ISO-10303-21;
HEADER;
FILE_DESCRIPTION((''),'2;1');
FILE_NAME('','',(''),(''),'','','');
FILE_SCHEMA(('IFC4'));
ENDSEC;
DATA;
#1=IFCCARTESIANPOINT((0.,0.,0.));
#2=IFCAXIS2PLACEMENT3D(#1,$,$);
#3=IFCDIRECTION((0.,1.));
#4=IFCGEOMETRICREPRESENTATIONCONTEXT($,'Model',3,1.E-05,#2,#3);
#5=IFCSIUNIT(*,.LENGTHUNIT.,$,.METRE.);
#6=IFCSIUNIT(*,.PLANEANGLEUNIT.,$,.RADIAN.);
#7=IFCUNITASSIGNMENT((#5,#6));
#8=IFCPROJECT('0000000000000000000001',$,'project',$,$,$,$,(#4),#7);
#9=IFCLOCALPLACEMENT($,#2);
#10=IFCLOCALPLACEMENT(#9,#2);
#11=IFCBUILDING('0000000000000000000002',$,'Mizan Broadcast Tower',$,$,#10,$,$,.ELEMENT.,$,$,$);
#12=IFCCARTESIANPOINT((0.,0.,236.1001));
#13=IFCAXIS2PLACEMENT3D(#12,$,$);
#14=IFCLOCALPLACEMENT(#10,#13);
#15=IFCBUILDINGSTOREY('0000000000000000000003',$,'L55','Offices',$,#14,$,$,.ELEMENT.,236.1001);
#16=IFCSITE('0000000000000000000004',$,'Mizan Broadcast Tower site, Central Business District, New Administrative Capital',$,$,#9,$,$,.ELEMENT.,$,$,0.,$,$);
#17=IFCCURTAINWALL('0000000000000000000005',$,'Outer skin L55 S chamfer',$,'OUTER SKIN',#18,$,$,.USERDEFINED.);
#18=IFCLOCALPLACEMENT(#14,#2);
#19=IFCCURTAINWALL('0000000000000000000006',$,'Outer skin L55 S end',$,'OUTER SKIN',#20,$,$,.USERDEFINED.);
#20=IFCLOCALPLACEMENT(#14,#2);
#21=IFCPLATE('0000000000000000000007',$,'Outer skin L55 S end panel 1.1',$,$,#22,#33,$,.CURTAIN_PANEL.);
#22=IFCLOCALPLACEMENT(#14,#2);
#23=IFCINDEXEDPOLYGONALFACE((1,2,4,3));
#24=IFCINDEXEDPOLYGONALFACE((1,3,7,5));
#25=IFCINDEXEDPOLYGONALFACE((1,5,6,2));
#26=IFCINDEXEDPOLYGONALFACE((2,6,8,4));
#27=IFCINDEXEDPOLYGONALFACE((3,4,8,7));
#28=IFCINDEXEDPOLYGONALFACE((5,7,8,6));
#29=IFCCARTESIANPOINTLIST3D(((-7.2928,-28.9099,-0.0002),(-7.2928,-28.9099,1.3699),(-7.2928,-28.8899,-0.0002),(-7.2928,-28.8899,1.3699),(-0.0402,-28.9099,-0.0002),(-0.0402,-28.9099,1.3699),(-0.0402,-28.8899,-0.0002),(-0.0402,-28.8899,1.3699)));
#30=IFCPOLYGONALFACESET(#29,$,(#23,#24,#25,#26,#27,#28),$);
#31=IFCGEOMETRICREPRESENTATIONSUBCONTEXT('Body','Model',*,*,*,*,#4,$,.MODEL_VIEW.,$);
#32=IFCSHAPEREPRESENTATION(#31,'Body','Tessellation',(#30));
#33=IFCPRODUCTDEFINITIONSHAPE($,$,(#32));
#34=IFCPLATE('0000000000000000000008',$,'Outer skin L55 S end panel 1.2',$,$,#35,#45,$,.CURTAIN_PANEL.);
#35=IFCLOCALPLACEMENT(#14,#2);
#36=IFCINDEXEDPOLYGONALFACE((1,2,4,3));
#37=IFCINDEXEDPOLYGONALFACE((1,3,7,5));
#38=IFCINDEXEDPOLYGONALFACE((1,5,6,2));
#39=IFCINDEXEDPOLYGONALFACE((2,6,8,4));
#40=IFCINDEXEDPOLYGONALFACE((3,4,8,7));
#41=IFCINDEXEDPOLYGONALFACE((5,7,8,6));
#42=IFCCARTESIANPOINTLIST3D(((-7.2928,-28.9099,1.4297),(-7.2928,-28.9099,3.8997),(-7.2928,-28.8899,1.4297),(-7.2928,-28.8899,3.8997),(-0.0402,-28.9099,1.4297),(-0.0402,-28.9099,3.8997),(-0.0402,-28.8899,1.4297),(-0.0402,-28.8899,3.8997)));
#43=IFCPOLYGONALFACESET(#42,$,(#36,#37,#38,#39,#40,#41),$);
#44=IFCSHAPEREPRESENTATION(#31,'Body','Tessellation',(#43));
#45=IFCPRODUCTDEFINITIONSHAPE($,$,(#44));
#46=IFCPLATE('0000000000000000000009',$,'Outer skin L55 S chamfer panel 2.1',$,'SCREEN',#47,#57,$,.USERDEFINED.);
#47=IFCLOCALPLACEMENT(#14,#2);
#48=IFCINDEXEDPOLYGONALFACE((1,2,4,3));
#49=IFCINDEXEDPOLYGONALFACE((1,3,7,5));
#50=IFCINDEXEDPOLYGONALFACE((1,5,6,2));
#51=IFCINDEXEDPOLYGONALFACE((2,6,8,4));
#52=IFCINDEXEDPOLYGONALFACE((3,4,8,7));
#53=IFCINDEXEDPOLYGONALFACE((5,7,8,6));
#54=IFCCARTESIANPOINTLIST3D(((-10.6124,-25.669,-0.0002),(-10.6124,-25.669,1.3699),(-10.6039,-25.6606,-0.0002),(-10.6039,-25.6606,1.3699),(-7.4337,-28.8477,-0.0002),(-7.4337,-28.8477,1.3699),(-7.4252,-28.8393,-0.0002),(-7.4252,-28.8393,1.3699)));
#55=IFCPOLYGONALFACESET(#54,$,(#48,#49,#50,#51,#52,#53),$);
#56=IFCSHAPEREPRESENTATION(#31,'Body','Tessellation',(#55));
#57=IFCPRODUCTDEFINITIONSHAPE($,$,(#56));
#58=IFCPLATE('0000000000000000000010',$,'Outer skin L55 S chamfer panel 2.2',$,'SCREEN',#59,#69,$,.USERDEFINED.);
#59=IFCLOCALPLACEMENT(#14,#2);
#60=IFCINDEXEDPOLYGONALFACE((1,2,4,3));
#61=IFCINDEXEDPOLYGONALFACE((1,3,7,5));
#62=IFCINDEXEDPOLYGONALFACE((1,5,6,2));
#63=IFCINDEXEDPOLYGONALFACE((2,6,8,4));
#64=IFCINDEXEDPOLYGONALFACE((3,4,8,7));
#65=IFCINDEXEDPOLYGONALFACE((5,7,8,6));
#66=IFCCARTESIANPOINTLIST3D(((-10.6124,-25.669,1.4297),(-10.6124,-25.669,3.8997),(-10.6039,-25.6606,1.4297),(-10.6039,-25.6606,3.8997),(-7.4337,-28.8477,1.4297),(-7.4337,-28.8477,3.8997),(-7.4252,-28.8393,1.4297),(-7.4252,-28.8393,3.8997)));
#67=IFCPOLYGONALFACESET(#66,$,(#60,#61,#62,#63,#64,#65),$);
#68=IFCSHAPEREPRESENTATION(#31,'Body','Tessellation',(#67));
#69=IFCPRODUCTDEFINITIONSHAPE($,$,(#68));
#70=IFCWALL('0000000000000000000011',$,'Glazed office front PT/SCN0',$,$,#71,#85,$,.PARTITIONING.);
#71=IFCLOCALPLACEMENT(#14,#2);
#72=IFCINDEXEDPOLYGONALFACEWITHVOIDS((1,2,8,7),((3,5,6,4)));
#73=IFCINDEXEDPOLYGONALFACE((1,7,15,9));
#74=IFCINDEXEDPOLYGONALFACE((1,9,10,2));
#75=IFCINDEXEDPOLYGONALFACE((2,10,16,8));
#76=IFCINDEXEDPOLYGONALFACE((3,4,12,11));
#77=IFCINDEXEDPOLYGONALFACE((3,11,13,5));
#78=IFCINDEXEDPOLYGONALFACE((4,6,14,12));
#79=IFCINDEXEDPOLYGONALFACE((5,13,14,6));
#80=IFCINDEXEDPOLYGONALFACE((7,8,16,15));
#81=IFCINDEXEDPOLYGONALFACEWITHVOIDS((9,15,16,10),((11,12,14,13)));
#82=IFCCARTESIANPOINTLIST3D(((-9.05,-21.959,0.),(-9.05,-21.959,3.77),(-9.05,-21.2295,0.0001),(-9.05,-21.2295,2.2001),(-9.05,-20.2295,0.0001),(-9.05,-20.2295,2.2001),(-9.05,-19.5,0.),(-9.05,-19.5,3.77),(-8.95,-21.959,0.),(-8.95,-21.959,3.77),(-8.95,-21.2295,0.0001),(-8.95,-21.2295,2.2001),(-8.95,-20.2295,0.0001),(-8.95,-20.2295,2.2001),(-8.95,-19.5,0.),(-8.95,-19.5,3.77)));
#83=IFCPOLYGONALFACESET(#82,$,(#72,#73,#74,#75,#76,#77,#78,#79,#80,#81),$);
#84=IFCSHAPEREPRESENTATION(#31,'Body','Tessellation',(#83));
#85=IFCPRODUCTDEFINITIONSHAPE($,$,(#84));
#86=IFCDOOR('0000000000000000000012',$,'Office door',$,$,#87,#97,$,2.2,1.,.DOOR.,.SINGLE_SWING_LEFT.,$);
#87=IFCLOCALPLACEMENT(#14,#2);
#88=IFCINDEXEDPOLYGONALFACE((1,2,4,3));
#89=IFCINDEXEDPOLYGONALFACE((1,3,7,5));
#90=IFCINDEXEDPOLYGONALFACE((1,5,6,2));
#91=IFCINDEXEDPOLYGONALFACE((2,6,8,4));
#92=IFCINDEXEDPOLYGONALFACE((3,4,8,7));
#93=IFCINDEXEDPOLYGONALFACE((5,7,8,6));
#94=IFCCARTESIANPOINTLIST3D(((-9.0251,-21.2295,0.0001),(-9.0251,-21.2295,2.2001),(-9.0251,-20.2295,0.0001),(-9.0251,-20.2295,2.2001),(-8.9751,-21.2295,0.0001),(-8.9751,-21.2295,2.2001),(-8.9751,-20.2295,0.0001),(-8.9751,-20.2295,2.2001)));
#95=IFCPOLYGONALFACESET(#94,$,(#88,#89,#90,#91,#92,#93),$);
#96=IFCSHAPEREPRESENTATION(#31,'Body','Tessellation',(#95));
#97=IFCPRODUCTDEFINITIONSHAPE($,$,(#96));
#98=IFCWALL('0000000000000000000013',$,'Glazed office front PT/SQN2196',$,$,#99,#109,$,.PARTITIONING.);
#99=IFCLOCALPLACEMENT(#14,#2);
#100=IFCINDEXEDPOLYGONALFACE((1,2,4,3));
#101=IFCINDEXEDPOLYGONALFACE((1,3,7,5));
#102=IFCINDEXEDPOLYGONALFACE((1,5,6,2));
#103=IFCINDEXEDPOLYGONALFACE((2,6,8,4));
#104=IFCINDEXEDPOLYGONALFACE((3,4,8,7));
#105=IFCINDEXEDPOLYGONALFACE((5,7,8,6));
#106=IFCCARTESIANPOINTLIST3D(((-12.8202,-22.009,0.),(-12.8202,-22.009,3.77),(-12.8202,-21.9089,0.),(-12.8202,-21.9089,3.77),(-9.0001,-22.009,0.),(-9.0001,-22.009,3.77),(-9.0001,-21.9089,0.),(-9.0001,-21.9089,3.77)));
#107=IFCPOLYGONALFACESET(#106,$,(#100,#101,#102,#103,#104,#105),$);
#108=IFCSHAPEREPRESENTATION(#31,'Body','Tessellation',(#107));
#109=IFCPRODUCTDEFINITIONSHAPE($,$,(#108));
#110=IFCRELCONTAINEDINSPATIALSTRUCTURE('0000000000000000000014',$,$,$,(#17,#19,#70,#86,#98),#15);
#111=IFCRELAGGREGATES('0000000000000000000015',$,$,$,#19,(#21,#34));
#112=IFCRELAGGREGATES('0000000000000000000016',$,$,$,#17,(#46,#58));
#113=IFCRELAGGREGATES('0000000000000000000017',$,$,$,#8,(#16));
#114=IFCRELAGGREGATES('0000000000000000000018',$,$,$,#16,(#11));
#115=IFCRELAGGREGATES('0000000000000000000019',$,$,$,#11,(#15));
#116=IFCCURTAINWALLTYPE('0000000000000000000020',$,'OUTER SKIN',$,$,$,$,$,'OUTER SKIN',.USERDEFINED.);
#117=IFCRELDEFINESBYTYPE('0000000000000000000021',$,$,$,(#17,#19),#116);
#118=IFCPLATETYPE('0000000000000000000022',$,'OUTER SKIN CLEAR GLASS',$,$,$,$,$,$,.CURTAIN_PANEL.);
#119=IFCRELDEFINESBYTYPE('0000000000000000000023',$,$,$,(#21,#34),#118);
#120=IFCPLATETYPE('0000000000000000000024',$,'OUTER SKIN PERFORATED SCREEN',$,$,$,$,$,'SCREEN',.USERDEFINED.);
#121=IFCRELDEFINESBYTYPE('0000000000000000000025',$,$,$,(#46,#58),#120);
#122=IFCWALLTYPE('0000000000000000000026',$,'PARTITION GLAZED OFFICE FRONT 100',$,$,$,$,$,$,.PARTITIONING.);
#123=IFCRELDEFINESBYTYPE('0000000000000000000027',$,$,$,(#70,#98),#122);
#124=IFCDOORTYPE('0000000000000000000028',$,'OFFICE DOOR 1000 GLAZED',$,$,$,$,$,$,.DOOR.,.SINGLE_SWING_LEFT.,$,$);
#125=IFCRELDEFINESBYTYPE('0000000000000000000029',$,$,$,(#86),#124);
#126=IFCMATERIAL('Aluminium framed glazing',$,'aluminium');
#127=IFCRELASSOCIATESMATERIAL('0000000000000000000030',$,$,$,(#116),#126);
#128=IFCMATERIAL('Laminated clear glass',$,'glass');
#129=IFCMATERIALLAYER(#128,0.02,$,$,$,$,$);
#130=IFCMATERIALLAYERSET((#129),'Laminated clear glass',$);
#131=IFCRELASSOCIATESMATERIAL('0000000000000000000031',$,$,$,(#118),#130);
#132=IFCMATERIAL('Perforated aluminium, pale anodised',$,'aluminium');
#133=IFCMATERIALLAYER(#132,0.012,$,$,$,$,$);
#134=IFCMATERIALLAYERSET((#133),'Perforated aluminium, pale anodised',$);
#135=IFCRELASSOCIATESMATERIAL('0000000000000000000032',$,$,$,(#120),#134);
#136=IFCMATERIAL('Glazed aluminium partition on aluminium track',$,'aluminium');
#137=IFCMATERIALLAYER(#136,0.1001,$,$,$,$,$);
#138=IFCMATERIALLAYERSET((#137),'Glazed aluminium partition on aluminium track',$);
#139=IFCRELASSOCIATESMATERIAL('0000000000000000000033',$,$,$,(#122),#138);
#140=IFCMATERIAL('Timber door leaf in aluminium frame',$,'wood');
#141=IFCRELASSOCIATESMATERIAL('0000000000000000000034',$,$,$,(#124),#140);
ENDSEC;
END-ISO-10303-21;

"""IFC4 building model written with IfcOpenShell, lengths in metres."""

from ifc_helpers import new_model, si_unit, direction, frame, frame_2d, origin, origin_2d, place, context, subcontext, project, spatial, rectangle, extrude, material, layer, layer_set, type_object, element, fill, aggregate, save


model = new_model("IFC4")

# Units and contexts
model_context = context("Model", 3, precision=1e-05, world=origin(), true_north=direction((0.0, 1.0)))
body_context = subcontext(model_context, "Body", "Model", "MODEL_VIEW")
ifc_project = project(units=[si_unit("LENGTHUNIT", "METRE"), si_unit("PLANEANGLEUNIT", "RADIAN")], contexts=[model_context])

# Site, building, storey
site_placement = place(None, origin())
site = spatial("IfcSite", under=ifc_project, at=site_placement, Name="Mizan Broadcast Tower site, Central Business District, New Administrative Capital", CompositionType="ELEMENT", RefElevation=0.0)
building_placement = place(site_placement, origin())
building = spatial("IfcBuilding", under=site, at=building_placement, Name="Mizan Broadcast Tower", CompositionType="ELEMENT")
storey_placement = place(building_placement, frame((0.0, 0.0, 236.1001)))
storey = spatial("IfcBuildingStorey", under=building, at=storey_placement, Name="L55", Description="Offices", CompositionType="ELEMENT", Elevation=236.1001)

# Curtain wall
ifc_material_1 = material(Name="Aluminium framed glazing", Category="aluminium")
curtain_wall_type_1 = type_object("IfcCurtainWallType", Name="OUTER SKIN", ElementType="OUTER SKIN", PredefinedType="USERDEFINED", material=ifc_material_1)
curtain_wall_1_placement = place(storey_placement, origin())
curtain_wall_1 = element("IfcCurtainWall", 1, at=curtain_wall_1_placement, inside=storey, type_object=curtain_wall_type_1, Name="Outer skin L55 S chamfer", ObjectType="OUTER SKIN", PredefinedType="USERDEFINED")

# Curtain wall
curtain_wall_2_placement = place(storey_placement, origin())
curtain_wall_2 = element("IfcCurtainWall", 2, at=curtain_wall_2_placement, inside=storey, type_object=curtain_wall_type_1, Name="Outer skin L55 S end", ObjectType="OUTER SKIN", PredefinedType="USERDEFINED")

# Plates
ifc_material_2 = material(Name="Laminated clear glass", Category="glass")
ifc_layer_1 = layer(ifc_material_2, 0.02)
ifc_layer_set_1 = layer_set([ifc_layer_1], Name="Laminated clear glass")
plate_type_1 = type_object("IfcPlateType", Name="OUTER SKIN CLEAR GLASS", PredefinedType="CURTAIN_PANEL", material=ifc_layer_set_1)
plate_1_placement = place(storey_placement, frame((-3.6665, -28.8999, -0.0002), z_axis=(0.0, 0.0, 1.0), x_axis=(1.0, 0.0, 0.0)))
plate_1 = element("IfcPlate", 3, at=plate_1_placement, type_object=plate_type_1, Name="Outer skin L55 S end panel 1.1", PredefinedType="CURTAIN_PANEL", context=body_context, shape_type="SweptSolid", body=[
    extrude(rectangle(XDim=7.2527, YDim=0.02, at=origin_2d()), origin(), (0.0, 0.0, 1.0), 1.3701),
])
plate_2_placement = place(storey_placement, frame((-3.6665, -28.8999, 1.4297), z_axis=(0.0, 0.0, 1.0), x_axis=(1.0, 0.0, 0.0)))
plate_2 = element("IfcPlate", 4, at=plate_2_placement, type_object=plate_type_1, Name="Outer skin L55 S end panel 1.2", PredefinedType="CURTAIN_PANEL", context=body_context, shape_type="SweptSolid", body=[
    extrude(rectangle(XDim=7.2527, YDim=0.02, at=origin_2d()), origin(), (0.0, 0.0, 1.0), 2.47),
])
aggregate(curtain_wall_2, [plate_1, plate_2])
ifc_material_3 = material(Name="Perforated aluminium, pale anodised", Category="aluminium")
ifc_layer_2 = layer(ifc_material_3, 0.012)
ifc_layer_set_2 = layer_set([ifc_layer_2], Name="Perforated aluminium, pale anodised")
plate_type_2 = type_object("IfcPlateType", Name="OUTER SKIN PERFORATED SCREEN", ElementType="SCREEN", PredefinedType="USERDEFINED", material=ifc_layer_set_2)
plate_3_placement = place(storey_placement, frame((-9.0188, -27.2542, -0.0002), z_axis=(0.0, 0.0, 1.0), x_axis=(0.707107, -0.707107, 0.0)))
plate_3 = element("IfcPlate", 5, at=plate_3_placement, type_object=plate_type_2, Name="Outer skin L55 S chamfer panel 2.1", ObjectType="SCREEN", PredefinedType="USERDEFINED", context=body_context, shape_type="SweptSolid", body=[
    extrude(rectangle(XDim=4.4954, YDim=0.012, at=origin_2d()), origin(), (0.0, 0.0, 1.0), 1.3701),
])
plate_4_placement = place(storey_placement, frame((-9.0188, -27.2542, 1.4297), z_axis=(0.0, 0.0, 1.0), x_axis=(0.707107, -0.707107, 0.0)))
plate_4 = element("IfcPlate", 6, at=plate_4_placement, type_object=plate_type_2, Name="Outer skin L55 S chamfer panel 2.2", ObjectType="SCREEN", PredefinedType="USERDEFINED", context=body_context, shape_type="SweptSolid", body=[
    extrude(rectangle(XDim=4.4954, YDim=0.012, at=origin_2d()), origin(), (0.0, 0.0, 1.0), 2.47),
])
aggregate(curtain_wall_1, [plate_3, plate_4])

# Wall, opening, door
ifc_material_4 = material(Name="Glazed aluminium partition on aluminium track", Category="aluminium")
ifc_layer_3 = layer(ifc_material_4, 0.1001)
ifc_layer_set_3 = layer_set([ifc_layer_3], Name="Glazed aluminium partition on aluminium track")
wall_type = type_object("IfcWallType", Name="PARTITION GLAZED OFFICE FRONT 100", PredefinedType="PARTITIONING", material=ifc_layer_set_3)
wall_1_placement = place(storey_placement, frame((-9.0, -19.5, 0.0), z_axis=(0.0, 0.0, 1.0), x_axis=(0.0, -1.0, 0.0)))
wall_1 = element("IfcWall", 7, at=wall_1_placement, inside=storey, type_object=wall_type, Name="Glazed office front PT/SCN0", PredefinedType="PARTITIONING", context=body_context, shape_type="SweptSolid", body=[
    extrude(rectangle(XDim=2.459, YDim=0.1001, at=frame_2d((1.2295, 0.0))), origin(), (0.0, 0.0, 1.0), 3.77),
])
opening_placement = place(wall_1_placement, frame((0.7295, 0.0, 0.0)))
opening = element("IfcOpeningElement", 8, at=opening_placement, cuts=wall_1, PredefinedType="OPENING", context=body_context, shape_type="SweptSolid", body=[
    extrude(rectangle(XDim=1.0, YDim=2.2, at=frame_2d((0.5, 1.1001))), frame((0.0, 0.0601, 0.0), z_axis=(0.0, -1.0, 0.0), x_axis=(1.0, 0.0, 0.0)), (0.0, 0.0, 1.0), 0.1201),
])
ifc_material_5 = material(Name="Timber door leaf in aluminium frame", Category="wood")
door_type = type_object("IfcDoorType", Name="OFFICE DOOR 1000 GLAZED", OperationType="SINGLE_SWING_LEFT", PredefinedType="DOOR", material=ifc_material_5)
door_placement = place(opening_placement, origin())
door = element("IfcDoor", 9, at=door_placement, inside=storey, type_object=door_type, Name="Office door", OperationType="SINGLE_SWING_LEFT", OverallHeight=2.2, OverallWidth=1.0, PredefinedType="DOOR", context=body_context, shape_type="SweptSolid", body=[
    extrude(rectangle(XDim=1.0, YDim=2.2, at=frame_2d((0.5, 1.1001))), frame((0.0, 0.0249, 0.0), z_axis=(0.0, -1.0, 0.0), x_axis=(1.0, 0.0, 0.0)), (0.0, 0.0, 1.0), 0.05),
])
fill(opening, door)

# Wall
wall_2_placement = place(storey_placement, frame((-9.0, -21.959, 0.0), z_axis=(0.0, 0.0, 1.0), x_axis=(-1.0, 0.0, 0.0)))
element("IfcWall", 10, at=wall_2_placement, inside=storey, type_object=wall_type, Name="Glazed office front PT/SQN2196", PredefinedType="PARTITIONING", context=body_context, shape_type="SweptSolid", body=[
    extrude(rectangle(XDim=3.8201, YDim=0.1001, at=frame_2d((1.9102, 0.0))), origin(), (0.0, 0.0, 1.0), 3.77),
])

save(model, "model.ifc")
